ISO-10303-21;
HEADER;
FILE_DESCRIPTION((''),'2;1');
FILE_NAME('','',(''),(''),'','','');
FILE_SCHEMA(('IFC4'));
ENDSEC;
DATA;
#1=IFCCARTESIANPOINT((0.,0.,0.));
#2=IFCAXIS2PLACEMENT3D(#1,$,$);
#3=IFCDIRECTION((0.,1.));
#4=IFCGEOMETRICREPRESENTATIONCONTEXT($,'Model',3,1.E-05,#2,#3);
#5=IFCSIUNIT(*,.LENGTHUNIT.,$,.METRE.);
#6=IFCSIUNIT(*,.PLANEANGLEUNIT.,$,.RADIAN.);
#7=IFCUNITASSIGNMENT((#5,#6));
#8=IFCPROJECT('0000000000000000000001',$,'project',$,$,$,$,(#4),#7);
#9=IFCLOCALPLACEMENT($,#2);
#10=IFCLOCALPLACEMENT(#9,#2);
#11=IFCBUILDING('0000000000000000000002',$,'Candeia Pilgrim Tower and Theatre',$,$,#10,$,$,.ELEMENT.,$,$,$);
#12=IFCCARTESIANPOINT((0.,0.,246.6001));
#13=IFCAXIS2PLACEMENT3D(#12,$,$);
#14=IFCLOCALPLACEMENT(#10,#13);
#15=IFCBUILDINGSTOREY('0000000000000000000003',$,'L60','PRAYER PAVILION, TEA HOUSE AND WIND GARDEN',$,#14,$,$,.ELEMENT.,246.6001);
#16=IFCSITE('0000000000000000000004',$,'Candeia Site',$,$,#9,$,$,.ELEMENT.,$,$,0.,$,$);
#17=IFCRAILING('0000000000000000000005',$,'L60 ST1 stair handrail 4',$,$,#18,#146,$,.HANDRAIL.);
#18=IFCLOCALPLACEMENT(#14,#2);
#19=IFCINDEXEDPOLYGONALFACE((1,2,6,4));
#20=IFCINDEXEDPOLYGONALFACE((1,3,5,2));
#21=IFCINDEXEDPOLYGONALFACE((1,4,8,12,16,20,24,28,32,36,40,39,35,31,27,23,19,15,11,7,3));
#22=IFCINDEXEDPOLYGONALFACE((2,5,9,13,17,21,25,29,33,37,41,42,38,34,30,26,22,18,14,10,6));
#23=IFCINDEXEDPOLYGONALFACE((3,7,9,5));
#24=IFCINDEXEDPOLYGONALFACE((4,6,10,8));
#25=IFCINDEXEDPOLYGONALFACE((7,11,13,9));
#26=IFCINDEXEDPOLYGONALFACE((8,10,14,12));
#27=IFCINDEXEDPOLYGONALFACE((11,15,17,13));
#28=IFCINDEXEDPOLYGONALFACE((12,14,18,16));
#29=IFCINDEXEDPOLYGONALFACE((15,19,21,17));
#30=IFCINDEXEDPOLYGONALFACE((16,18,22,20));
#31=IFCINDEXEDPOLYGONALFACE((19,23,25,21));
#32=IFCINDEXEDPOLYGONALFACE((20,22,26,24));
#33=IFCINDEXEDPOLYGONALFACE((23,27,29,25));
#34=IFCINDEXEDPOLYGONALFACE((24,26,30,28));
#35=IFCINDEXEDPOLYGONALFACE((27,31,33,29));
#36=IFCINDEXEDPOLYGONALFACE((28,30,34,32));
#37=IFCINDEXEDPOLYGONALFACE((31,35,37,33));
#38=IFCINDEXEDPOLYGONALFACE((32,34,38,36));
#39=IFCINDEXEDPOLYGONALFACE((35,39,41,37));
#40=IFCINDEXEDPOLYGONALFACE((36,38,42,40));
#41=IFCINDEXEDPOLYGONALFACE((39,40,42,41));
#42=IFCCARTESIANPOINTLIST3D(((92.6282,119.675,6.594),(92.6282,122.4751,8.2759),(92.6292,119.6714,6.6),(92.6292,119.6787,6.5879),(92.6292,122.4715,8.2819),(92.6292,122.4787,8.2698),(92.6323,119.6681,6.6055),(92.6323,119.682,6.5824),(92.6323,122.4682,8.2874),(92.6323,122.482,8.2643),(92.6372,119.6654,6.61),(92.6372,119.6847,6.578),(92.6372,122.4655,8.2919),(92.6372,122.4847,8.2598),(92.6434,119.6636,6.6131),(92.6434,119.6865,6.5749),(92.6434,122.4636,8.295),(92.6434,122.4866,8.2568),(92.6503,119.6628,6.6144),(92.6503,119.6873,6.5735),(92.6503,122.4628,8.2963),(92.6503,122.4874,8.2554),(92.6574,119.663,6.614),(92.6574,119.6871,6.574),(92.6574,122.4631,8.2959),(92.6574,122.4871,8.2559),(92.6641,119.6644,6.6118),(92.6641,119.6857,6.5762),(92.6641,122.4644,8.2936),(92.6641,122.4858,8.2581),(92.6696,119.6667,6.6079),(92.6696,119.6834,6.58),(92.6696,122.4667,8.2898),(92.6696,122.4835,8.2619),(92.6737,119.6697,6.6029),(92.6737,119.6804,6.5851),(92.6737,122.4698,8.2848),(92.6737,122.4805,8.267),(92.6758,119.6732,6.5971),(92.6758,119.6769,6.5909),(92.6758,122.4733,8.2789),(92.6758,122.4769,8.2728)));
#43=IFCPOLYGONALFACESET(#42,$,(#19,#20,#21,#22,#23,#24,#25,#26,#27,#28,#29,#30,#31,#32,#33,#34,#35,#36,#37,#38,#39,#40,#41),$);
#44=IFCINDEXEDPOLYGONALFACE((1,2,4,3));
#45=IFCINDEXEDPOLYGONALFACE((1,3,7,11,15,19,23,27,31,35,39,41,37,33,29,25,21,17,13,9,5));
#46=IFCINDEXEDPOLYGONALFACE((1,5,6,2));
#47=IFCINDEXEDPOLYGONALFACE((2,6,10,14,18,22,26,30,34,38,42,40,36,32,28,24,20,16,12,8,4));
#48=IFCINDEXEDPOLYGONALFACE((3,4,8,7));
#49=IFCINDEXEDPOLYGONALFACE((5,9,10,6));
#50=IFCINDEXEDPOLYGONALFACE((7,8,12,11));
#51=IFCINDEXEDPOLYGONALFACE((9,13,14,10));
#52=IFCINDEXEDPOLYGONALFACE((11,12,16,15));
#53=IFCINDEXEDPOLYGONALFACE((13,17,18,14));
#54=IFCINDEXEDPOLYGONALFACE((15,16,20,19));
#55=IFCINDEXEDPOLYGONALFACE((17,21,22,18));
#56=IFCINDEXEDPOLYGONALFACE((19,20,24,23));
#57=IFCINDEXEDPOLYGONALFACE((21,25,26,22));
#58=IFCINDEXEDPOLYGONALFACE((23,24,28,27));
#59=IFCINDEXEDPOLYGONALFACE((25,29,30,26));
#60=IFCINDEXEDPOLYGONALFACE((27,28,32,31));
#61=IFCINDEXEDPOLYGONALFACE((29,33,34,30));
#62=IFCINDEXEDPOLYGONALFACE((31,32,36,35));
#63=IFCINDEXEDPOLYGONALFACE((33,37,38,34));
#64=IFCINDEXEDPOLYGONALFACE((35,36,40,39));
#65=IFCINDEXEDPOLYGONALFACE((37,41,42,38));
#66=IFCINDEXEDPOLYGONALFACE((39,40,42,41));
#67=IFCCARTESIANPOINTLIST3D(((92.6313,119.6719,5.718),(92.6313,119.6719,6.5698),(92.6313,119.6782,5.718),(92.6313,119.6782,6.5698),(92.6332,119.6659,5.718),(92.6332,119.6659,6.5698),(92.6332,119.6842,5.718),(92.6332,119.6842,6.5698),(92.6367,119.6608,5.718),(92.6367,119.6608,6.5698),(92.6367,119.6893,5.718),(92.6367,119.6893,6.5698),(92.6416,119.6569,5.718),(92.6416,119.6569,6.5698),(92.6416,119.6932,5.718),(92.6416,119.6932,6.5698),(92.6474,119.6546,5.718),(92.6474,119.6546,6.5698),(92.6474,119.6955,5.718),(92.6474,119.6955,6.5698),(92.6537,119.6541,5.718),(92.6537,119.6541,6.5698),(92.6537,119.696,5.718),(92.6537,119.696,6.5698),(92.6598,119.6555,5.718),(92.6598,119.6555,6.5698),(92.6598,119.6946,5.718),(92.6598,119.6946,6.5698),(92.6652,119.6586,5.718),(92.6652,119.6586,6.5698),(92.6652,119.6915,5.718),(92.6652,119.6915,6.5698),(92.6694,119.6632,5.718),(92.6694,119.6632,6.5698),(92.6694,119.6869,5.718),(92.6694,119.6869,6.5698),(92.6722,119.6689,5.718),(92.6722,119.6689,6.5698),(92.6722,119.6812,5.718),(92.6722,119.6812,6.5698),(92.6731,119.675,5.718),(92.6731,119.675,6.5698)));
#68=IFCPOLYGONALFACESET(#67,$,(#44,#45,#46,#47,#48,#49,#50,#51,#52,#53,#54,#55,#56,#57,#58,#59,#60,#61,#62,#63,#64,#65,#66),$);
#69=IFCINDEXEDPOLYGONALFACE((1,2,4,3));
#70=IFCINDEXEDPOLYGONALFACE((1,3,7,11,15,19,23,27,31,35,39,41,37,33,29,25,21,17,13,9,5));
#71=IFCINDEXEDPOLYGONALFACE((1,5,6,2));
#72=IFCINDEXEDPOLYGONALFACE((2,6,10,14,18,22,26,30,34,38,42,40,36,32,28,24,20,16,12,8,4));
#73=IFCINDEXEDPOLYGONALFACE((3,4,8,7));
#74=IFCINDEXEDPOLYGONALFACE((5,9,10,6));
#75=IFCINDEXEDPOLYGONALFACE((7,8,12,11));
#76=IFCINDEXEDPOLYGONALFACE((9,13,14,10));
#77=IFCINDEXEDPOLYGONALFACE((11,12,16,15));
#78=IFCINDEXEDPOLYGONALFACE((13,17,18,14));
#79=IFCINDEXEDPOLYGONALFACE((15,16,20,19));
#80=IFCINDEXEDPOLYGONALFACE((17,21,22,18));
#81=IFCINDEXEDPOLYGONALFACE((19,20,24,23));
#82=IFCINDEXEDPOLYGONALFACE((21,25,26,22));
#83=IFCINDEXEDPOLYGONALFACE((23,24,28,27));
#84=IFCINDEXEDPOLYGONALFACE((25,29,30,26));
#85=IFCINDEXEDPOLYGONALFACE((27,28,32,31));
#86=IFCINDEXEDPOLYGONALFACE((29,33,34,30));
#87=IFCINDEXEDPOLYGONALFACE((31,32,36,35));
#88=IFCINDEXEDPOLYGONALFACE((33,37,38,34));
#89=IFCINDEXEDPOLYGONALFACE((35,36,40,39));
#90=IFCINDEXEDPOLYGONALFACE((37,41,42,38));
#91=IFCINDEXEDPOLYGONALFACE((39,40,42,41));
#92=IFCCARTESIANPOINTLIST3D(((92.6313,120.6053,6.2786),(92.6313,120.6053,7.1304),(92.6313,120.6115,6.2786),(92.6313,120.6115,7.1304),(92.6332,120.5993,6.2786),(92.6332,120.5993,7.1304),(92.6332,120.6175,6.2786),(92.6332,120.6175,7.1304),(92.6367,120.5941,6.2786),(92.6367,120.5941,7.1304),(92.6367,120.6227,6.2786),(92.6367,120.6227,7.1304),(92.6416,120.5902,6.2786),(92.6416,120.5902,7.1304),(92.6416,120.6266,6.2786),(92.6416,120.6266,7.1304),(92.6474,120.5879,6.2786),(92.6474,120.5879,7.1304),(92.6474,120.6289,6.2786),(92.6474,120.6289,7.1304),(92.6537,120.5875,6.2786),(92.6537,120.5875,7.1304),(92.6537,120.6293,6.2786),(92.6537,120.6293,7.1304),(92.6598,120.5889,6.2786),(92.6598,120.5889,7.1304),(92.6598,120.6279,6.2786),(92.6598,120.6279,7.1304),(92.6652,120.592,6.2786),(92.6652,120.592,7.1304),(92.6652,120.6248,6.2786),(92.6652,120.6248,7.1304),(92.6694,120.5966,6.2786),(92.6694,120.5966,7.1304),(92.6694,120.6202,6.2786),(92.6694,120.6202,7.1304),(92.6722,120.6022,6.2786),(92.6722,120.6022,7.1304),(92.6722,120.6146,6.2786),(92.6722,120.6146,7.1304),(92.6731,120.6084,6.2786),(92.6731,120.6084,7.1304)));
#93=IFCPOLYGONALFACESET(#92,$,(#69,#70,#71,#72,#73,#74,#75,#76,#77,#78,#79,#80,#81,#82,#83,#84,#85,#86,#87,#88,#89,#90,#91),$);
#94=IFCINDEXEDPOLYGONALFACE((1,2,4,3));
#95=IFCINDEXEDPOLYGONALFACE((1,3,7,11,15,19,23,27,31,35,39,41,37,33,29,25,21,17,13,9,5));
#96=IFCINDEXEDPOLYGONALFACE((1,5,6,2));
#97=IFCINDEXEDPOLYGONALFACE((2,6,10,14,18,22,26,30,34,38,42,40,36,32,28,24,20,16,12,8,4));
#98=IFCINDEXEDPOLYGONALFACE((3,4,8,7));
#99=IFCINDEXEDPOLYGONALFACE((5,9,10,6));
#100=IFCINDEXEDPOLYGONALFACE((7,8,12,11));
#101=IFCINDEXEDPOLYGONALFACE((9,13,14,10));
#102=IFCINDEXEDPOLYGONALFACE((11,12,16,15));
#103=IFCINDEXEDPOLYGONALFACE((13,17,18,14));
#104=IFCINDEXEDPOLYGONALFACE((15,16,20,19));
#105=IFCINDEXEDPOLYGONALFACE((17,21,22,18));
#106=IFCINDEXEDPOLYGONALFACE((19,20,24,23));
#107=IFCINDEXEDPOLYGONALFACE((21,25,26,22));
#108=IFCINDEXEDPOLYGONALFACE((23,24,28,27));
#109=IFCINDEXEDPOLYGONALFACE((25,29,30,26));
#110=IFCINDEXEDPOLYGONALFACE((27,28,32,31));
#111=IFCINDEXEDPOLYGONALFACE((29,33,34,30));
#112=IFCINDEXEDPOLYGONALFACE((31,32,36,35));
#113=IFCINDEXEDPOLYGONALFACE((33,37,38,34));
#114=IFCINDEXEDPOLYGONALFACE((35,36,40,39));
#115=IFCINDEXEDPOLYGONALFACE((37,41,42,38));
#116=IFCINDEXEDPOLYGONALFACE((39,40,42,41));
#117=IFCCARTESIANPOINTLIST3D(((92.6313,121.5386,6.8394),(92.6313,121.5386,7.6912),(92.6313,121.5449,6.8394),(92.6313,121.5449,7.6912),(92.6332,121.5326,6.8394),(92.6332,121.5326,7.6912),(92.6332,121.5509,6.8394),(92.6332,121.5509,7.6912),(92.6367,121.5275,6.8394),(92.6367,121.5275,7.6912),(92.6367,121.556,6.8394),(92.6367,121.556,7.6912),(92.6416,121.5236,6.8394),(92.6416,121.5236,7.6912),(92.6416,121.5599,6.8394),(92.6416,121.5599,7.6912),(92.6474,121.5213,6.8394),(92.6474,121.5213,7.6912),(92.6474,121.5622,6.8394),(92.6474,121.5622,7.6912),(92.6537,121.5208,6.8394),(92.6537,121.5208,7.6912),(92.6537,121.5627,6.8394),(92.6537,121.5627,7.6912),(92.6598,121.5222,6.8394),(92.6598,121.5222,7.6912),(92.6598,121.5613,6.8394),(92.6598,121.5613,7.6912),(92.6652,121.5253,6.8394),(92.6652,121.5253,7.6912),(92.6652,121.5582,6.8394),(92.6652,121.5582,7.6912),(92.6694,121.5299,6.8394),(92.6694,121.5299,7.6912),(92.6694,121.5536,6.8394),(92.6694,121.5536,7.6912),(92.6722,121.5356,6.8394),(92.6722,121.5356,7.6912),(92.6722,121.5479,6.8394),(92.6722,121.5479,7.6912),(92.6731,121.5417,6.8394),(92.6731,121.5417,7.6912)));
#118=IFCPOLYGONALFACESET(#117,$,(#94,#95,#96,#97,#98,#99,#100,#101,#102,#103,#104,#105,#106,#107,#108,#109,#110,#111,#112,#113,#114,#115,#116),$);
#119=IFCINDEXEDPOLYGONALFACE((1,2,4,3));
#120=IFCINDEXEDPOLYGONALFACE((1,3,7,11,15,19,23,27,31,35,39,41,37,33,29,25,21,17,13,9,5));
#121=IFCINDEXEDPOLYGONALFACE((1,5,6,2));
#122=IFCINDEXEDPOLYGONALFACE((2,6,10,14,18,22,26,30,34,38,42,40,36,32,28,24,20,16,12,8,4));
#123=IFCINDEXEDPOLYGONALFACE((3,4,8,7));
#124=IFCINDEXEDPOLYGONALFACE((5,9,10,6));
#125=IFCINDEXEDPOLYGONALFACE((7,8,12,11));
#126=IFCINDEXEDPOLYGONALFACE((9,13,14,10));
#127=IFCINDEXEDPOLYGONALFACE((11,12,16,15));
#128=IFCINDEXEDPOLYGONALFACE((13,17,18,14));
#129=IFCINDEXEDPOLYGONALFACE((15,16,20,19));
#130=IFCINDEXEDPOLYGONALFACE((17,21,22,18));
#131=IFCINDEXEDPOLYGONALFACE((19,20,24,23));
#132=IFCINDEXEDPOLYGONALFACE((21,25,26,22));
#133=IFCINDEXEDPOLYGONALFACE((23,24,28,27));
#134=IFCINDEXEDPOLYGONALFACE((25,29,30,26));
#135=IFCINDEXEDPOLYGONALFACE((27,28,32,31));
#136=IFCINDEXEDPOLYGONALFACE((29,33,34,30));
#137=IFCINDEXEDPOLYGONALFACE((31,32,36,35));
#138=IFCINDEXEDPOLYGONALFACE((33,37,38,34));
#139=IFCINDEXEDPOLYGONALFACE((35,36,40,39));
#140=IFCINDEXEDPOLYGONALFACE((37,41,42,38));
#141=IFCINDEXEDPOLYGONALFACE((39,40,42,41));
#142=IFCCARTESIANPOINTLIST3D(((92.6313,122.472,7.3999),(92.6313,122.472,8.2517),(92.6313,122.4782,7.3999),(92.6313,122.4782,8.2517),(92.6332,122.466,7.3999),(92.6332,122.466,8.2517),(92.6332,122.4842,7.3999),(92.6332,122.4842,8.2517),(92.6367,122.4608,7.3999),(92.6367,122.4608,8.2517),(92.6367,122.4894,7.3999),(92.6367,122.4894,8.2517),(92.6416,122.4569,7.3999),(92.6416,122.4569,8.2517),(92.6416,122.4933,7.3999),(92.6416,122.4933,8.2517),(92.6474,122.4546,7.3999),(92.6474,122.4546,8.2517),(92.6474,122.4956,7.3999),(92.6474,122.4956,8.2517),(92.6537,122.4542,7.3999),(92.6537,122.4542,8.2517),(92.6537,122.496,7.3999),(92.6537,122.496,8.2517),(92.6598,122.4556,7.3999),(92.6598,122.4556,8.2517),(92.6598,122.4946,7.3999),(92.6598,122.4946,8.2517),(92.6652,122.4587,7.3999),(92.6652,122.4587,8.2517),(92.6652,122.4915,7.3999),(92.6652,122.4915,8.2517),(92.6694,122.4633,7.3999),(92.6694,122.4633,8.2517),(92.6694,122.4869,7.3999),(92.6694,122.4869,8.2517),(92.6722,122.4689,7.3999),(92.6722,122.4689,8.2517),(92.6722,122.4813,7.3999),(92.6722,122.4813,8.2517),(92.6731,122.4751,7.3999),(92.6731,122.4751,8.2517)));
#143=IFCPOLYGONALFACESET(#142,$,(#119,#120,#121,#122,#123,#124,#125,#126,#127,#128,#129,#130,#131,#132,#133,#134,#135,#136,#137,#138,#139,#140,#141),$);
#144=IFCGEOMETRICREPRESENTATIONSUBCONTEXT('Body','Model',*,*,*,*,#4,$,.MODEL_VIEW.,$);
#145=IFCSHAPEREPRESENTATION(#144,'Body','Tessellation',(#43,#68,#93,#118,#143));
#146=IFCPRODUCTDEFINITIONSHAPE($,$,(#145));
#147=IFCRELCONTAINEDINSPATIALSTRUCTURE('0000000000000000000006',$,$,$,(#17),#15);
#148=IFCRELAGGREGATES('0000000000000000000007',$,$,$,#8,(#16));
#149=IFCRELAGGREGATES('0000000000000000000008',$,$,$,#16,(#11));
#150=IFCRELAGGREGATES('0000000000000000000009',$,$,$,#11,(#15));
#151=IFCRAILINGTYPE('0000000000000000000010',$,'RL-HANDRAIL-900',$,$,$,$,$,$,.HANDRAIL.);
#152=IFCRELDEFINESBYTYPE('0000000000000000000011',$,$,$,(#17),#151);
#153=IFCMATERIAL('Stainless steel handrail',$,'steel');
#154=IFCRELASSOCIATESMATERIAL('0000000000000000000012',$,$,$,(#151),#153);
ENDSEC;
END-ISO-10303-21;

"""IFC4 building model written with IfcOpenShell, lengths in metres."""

from ifc_helpers import new_model, si_unit, direction, frame, origin, origin_2d, place, context, subcontext, project, spatial, circle, extrude, material, type_object, element, save


model = new_model("IFC4")

# Units and contexts
model_context = context("Model", 3, precision=1e-05, world=origin(), true_north=direction((0.0, 1.0)))
body_context = subcontext(model_context, "Body", "Model", "MODEL_VIEW")
ifc_project = project(units=[si_unit("LENGTHUNIT", "METRE"), si_unit("PLANEANGLEUNIT", "RADIAN")], contexts=[model_context])

# Site, building, storey
site_placement = place(None, origin())
site = spatial("IfcSite", under=ifc_project, at=site_placement, Name="Candeia Site", CompositionType="ELEMENT", RefElevation=0.0)
building_placement = place(site_placement, origin())
building = spatial("IfcBuilding", under=site, at=building_placement, Name="Candeia Pilgrim Tower and Theatre", CompositionType="ELEMENT")
storey_placement = place(building_placement, frame((0.0, 0.0, 246.6001)))
storey = spatial("IfcBuildingStorey", under=building, at=storey_placement, Name="L60", Description="PRAYER PAVILION, TEA HOUSE AND WIND GARDEN", CompositionType="ELEMENT", Elevation=246.6001)

# Railing
ifc_material_1 = material(Name="Stainless steel handrail", Category="steel")
railing_type_1 = type_object("IfcRailingType", Name="RL-HANDRAIL-900", PredefinedType="HANDRAIL", material=ifc_material_1)
for number, where, name in (
    (1, (92.6521, 119.675, 5.718), "L60 ST1 stair handrail 4"),
):
    element("IfcRailing", number, at=place(storey_placement, frame(where)), inside=storey, type_object=railing_type_1, Name=name, PredefinedType="HANDRAIL", context=body_context, shape_type="SweptSolid", body=[
        extrude(circle(Radius=0.0239, at=origin_2d()), frame((0.0, 0.0, 0.876), z_axis=(0.0, 0.857242, 0.514913), x_axis=(-1.0, 0.0, 0.0)), (0.0, 0.0, 1.0), 3.2664),
        extrude(circle(Radius=0.021, at=origin_2d()), origin(), (0.0, 0.0, 1.0), 0.8518),
        extrude(circle(Radius=0.021, at=origin_2d()), frame((0.0, 0.9333, 0.5605)), (0.0, 0.0, 1.0), 0.8518),
        extrude(circle(Radius=0.021, at=origin_2d()), frame((0.0, 1.8667, 1.1213)), (0.0, 0.0, 1.0), 0.8518),
        extrude(circle(Radius=0.021, at=origin_2d()), frame((0.0, 2.8, 1.6819)), (0.0, 0.0, 1.0), 0.8518),
    ])

save(model, "model.ifc")
